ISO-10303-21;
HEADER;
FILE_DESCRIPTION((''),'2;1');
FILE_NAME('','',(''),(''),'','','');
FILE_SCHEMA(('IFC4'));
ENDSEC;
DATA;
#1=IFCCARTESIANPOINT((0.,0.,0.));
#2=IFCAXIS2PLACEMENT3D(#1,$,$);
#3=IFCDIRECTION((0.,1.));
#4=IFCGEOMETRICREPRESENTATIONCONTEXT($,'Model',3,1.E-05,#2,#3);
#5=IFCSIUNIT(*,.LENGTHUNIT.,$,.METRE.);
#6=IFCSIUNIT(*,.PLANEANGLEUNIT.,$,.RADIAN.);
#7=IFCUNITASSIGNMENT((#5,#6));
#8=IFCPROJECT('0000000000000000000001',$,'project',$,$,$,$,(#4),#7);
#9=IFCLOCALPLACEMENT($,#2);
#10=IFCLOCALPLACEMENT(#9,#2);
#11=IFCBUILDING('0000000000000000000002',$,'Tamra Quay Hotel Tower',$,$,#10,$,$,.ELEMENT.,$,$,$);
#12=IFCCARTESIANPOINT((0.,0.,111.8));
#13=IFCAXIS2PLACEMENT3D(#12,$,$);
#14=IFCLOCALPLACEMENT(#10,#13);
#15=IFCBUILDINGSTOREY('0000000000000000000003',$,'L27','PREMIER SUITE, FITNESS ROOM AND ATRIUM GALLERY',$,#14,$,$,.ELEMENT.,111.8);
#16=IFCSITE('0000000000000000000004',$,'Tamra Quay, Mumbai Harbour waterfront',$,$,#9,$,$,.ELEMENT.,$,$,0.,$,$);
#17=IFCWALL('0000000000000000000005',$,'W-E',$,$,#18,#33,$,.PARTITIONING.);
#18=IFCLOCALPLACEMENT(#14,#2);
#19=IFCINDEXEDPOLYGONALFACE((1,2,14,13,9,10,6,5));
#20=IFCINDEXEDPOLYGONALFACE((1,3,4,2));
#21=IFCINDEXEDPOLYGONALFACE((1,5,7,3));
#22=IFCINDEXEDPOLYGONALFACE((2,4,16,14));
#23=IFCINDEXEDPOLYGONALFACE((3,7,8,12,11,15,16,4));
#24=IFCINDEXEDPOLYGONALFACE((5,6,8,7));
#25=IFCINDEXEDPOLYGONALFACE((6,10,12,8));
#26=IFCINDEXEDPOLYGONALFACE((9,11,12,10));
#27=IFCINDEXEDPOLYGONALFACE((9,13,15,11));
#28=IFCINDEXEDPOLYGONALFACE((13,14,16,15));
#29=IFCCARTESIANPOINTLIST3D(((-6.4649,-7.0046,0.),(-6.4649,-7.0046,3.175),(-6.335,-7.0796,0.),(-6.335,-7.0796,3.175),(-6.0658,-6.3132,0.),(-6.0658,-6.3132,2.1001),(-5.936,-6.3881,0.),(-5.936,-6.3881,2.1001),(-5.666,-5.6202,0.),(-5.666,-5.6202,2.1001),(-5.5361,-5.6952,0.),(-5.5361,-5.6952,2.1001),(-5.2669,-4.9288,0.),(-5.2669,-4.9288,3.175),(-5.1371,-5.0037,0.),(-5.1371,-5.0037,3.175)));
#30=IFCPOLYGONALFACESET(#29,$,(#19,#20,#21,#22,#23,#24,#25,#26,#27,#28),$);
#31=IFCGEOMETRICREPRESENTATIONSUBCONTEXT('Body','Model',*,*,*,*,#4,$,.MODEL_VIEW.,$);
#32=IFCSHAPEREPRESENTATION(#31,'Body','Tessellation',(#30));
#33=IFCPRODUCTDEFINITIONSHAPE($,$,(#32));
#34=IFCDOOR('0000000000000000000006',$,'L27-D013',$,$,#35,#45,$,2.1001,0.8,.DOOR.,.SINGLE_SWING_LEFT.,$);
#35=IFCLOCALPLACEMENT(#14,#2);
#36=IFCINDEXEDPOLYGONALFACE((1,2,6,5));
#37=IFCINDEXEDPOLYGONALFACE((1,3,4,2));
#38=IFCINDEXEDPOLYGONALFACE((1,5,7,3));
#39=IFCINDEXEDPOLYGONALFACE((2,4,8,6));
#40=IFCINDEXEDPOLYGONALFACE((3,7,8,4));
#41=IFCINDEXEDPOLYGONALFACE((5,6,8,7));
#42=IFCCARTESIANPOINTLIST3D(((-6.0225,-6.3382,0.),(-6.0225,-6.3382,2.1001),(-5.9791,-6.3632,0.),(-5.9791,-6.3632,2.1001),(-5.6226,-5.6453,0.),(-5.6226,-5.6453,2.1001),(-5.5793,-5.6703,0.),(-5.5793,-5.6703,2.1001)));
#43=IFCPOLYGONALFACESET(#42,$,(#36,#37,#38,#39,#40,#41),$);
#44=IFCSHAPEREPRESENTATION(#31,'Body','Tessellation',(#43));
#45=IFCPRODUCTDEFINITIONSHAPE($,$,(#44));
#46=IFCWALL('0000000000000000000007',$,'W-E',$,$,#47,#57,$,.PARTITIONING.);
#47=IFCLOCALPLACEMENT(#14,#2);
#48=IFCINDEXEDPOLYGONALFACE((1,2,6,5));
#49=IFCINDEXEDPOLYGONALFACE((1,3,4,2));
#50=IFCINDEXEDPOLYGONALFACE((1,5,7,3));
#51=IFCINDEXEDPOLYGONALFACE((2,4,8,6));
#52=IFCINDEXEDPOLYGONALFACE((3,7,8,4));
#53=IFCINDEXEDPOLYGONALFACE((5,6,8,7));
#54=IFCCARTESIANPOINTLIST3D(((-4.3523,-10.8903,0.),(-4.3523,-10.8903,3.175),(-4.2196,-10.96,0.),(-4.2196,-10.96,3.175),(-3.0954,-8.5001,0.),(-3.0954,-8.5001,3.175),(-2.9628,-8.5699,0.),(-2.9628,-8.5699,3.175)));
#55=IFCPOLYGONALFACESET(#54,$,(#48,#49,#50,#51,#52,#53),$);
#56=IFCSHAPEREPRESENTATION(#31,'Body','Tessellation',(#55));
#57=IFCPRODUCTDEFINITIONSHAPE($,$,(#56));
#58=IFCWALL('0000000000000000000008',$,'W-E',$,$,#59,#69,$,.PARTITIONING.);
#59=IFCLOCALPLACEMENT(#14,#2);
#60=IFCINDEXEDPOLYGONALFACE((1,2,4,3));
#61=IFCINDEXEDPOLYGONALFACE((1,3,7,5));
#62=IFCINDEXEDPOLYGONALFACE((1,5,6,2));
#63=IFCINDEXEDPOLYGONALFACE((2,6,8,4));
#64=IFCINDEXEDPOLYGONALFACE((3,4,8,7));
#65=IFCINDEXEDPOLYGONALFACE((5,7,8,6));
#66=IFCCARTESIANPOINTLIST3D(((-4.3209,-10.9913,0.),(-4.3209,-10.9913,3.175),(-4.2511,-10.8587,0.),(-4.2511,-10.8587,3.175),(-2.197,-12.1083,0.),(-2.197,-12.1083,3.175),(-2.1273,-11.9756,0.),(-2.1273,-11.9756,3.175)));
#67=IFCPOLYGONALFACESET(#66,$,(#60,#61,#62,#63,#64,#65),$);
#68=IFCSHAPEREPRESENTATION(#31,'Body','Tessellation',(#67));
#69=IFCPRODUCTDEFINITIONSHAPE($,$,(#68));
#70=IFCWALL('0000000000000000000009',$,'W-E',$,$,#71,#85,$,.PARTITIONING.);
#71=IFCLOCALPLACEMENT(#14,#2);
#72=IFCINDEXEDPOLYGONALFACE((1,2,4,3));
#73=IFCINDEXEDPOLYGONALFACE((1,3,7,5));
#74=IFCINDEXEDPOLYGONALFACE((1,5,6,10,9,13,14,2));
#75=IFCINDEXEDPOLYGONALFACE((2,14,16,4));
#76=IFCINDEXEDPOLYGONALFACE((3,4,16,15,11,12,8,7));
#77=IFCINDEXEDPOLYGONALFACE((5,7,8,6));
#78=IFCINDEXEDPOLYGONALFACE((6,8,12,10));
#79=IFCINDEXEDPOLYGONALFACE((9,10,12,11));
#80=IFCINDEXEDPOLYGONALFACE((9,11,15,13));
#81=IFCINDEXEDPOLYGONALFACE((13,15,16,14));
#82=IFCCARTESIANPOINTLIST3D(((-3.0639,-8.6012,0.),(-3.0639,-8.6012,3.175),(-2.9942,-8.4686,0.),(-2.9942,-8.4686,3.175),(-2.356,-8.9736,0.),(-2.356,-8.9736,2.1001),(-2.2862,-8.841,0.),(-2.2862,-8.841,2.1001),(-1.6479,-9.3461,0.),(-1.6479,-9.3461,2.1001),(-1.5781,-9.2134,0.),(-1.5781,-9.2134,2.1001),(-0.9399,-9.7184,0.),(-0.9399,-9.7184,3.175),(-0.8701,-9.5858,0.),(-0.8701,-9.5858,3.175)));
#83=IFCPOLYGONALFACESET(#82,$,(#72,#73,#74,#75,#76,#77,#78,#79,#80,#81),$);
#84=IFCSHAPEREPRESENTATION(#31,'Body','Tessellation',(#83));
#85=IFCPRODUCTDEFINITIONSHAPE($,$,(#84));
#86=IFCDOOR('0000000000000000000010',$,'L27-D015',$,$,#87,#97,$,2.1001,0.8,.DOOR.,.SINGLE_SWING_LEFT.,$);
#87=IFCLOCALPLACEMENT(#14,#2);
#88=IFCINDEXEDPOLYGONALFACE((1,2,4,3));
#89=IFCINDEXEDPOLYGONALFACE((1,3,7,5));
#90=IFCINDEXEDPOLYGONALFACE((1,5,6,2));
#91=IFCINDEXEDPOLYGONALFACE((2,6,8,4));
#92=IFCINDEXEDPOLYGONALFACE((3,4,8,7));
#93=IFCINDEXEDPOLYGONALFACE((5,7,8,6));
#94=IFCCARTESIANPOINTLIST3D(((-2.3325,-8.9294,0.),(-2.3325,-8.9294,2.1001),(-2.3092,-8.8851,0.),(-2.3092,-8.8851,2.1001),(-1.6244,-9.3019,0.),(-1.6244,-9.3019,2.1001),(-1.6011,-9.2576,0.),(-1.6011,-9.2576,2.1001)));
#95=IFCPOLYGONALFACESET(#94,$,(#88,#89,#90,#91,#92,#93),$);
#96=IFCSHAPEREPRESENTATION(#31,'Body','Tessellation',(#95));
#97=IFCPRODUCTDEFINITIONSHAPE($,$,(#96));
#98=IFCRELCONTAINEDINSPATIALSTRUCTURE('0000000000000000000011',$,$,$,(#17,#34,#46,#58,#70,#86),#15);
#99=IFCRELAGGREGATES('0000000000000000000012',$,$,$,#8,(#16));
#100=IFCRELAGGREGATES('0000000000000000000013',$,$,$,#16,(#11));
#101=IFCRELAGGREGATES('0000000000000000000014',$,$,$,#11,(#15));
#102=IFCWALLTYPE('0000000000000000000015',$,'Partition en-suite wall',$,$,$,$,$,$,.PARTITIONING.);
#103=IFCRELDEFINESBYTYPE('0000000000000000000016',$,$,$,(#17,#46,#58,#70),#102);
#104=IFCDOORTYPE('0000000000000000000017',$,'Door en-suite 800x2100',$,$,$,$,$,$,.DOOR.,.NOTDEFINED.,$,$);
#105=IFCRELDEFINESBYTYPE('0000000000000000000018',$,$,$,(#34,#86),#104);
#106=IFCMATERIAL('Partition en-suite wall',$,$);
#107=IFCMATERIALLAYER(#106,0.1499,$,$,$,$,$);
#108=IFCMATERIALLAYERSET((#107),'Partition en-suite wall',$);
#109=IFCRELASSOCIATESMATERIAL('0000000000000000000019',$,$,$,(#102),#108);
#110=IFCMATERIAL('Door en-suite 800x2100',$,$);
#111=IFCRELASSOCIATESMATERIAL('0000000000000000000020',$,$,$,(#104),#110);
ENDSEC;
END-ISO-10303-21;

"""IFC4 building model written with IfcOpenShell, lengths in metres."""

from ifc_helpers import new_model, si_unit, direction, frame, frame_2d, origin, place, context, subcontext, project, spatial, rectangle, extrude, material, layer, layer_set, type_object, element, fill, save


model = new_model("IFC4")

# Units and contexts
model_context = context("Model", 3, precision=1e-05, world=origin(), true_north=direction((0.0, 1.0)))
body_context = subcontext(model_context, "Body", "Model", "MODEL_VIEW")
ifc_project = project(units=[si_unit("LENGTHUNIT", "METRE"), si_unit("PLANEANGLEUNIT", "RADIAN")], contexts=[model_context])

# Site, building, storey
site_placement = place(None, origin())
site = spatial("IfcSite", under=ifc_project, at=site_placement, Name="Tamra Quay, Mumbai Harbour waterfront", CompositionType="ELEMENT", RefElevation=0.0)
building_placement = place(site_placement, origin())
building = spatial("IfcBuilding", under=site, at=building_placement, Name="Tamra Quay Hotel Tower", CompositionType="ELEMENT")
storey_placement = place(building_placement, frame((0.0, 0.0, 111.8)))
storey = spatial("IfcBuildingStorey", under=building, at=storey_placement, Name="L27", Description="PREMIER SUITE, FITNESS ROOM AND ATRIUM GALLERY", CompositionType="ELEMENT", Elevation=111.8)

# Shared definitions
ifc_material_1 = material(Name="Partition en-suite wall")
ifc_layer_1 = layer(ifc_material_1, 0.1499)
ifc_layer_set_1 = layer_set([ifc_layer_1], Name="Partition en-suite wall")
wall_type_1 = type_object("IfcWallType", Name="Partition en-suite wall", PredefinedType="PARTITIONING", material=ifc_layer_set_1)

# Wall, opening, door
wall_1_placement = place(storey_placement, frame((-6.3999, -7.042, 0.0), z_axis=(0.0, 0.0, 1.0), x_axis=(0.499831, 0.866123, 0.0)))
wall_1 = element("IfcWall", 1, at=wall_1_placement, inside=storey, type_object=wall_type_1, Name="W-E", PredefinedType="PARTITIONING", context=body_context, shape_type="SweptSolid", body=[
    extrude(rectangle(XDim=2.3967, YDim=0.1499, at=frame_2d((1.1982, 0.0))), origin(), (0.0, 0.0, 1.0), 3.175),
])
opening_1_placement = place(wall_1_placement, frame((0.7983, 0.0, 0.0)))
opening_1 = element("IfcOpeningElement", 2, at=opening_1_placement, cuts=wall_1, PredefinedType="OPENING", context=body_context, shape_type="SweptSolid", body=[
    extrude(rectangle(XDim=0.8, YDim=2.1001, at=frame_2d((0.3999, 1.05))), frame((0.0, 0.085, 0.0), z_axis=(0.0, -1.0, 0.0), x_axis=(1.0, 0.0, 0.0)), (0.0, 0.0, 1.0), 0.1699),
])
ifc_material_2 = material(Name="Door en-suite 800x2100")
door_type_1 = type_object("IfcDoorType", Name="Door en-suite 800x2100", OperationType="NOTDEFINED", PredefinedType="DOOR", material=ifc_material_2)
door_1_placement = place(opening_1_placement, origin())
door_1 = element("IfcDoor", 3, at=door_1_placement, inside=storey, type_object=door_type_1, Name="L27-D013", OperationType="SINGLE_SWING_LEFT", OverallHeight=2.1001, OverallWidth=0.8, PredefinedType="DOOR", context=body_context, shape_type="SweptSolid", body=[
    extrude(rectangle(XDim=0.8, YDim=2.1001, at=frame_2d((0.3999, 1.05))), frame((0.0, 0.0249, 0.0), z_axis=(0.0, -1.0, 0.0), x_axis=(1.0, 0.0, 0.0)), (0.0, 0.0, 1.0), 0.05),
])
fill(opening_1, door_1)

# Walls
wall_2_placement = place(storey_placement, frame((-4.2859, -10.925, 0.0), z_axis=(0.0, 0.0, 1.0), x_axis=(0.465419, 0.885091, 0.0)))
element("IfcWall", 4, at=wall_2_placement, inside=storey, type_object=wall_type_1, Name="W-E", PredefinedType="PARTITIONING", context=body_context, shape_type="SweptSolid", body=[
    extrude(rectangle(XDim=2.7004, YDim=0.1499, at=frame_2d((1.3501, 0.0))), origin(), (0.0, 0.0, 1.0), 3.175),
])
wall_3_placement = place(storey_placement, frame((-4.2859, -10.925, 0.0), z_axis=(0.0, 0.0, 1.0), x_axis=(0.885062, -0.465474, 0.0)))
element("IfcWall", 5, at=wall_3_placement, inside=storey, type_object=wall_type_1, Name="W-E", PredefinedType="PARTITIONING", context=body_context, shape_type="SweptSolid", body=[
    extrude(rectangle(XDim=2.3997, YDim=0.1499, at=frame_2d((1.1997, 0.0))), origin(), (0.0, 0.0, 1.0), 3.175),
])

# Wall, opening, door
wall_4_placement = place(storey_placement, frame((-3.0291, -8.5349, 0.0), z_axis=(0.0, 0.0, 1.0), x_axis=(0.885042, -0.465512, 0.0)))
wall_4 = element("IfcWall", 6, at=wall_4_placement, inside=storey, type_object=wall_type_1, Name="W-E", PredefinedType="PARTITIONING", context=body_context, shape_type="SweptSolid", body=[
    extrude(rectangle(XDim=2.3999, YDim=0.1499, at=frame_2d((1.2, 0.0))), origin(), (0.0, 0.0, 1.0), 3.175),
])
opening_2_placement = place(wall_4_placement, frame((0.8, 0.0, 0.0)))
opening_2 = element("IfcOpeningElement", 7, at=opening_2_placement, cuts=wall_4, PredefinedType="OPENING", context=body_context, shape_type="SweptSolid", body=[
    extrude(rectangle(XDim=0.8, YDim=2.1001, at=frame_2d((0.3999, 1.05))), frame((0.0, 0.085, 0.0), z_axis=(0.0, -1.0, 0.0), x_axis=(1.0, 0.0, 0.0)), (0.0, 0.0, 1.0), 0.1699),
])
door_2_placement = place(opening_2_placement, frame((0.8, 0.0, 0.0), z_axis=(0.0, 0.0, 1.0), x_axis=(-1.0, 0.0, 0.0)))
door_2 = element("IfcDoor", 8, at=door_2_placement, inside=storey, type_object=door_type_1, Name="L27-D015", OperationType="SINGLE_SWING_LEFT", OverallHeight=2.1001, OverallWidth=0.8, PredefinedType="DOOR", context=body_context, shape_type="SweptSolid", body=[
    extrude(rectangle(XDim=0.8, YDim=2.1001, at=frame_2d((0.3999, 1.05))), frame((0.0, 0.0249, 0.0), z_axis=(0.0, -1.0, 0.0), x_axis=(1.0, 0.0, 0.0)), (0.0, 0.0, 1.0), 0.05),
])
fill(opening_2, door_2)

save(model, "model.ifc")
